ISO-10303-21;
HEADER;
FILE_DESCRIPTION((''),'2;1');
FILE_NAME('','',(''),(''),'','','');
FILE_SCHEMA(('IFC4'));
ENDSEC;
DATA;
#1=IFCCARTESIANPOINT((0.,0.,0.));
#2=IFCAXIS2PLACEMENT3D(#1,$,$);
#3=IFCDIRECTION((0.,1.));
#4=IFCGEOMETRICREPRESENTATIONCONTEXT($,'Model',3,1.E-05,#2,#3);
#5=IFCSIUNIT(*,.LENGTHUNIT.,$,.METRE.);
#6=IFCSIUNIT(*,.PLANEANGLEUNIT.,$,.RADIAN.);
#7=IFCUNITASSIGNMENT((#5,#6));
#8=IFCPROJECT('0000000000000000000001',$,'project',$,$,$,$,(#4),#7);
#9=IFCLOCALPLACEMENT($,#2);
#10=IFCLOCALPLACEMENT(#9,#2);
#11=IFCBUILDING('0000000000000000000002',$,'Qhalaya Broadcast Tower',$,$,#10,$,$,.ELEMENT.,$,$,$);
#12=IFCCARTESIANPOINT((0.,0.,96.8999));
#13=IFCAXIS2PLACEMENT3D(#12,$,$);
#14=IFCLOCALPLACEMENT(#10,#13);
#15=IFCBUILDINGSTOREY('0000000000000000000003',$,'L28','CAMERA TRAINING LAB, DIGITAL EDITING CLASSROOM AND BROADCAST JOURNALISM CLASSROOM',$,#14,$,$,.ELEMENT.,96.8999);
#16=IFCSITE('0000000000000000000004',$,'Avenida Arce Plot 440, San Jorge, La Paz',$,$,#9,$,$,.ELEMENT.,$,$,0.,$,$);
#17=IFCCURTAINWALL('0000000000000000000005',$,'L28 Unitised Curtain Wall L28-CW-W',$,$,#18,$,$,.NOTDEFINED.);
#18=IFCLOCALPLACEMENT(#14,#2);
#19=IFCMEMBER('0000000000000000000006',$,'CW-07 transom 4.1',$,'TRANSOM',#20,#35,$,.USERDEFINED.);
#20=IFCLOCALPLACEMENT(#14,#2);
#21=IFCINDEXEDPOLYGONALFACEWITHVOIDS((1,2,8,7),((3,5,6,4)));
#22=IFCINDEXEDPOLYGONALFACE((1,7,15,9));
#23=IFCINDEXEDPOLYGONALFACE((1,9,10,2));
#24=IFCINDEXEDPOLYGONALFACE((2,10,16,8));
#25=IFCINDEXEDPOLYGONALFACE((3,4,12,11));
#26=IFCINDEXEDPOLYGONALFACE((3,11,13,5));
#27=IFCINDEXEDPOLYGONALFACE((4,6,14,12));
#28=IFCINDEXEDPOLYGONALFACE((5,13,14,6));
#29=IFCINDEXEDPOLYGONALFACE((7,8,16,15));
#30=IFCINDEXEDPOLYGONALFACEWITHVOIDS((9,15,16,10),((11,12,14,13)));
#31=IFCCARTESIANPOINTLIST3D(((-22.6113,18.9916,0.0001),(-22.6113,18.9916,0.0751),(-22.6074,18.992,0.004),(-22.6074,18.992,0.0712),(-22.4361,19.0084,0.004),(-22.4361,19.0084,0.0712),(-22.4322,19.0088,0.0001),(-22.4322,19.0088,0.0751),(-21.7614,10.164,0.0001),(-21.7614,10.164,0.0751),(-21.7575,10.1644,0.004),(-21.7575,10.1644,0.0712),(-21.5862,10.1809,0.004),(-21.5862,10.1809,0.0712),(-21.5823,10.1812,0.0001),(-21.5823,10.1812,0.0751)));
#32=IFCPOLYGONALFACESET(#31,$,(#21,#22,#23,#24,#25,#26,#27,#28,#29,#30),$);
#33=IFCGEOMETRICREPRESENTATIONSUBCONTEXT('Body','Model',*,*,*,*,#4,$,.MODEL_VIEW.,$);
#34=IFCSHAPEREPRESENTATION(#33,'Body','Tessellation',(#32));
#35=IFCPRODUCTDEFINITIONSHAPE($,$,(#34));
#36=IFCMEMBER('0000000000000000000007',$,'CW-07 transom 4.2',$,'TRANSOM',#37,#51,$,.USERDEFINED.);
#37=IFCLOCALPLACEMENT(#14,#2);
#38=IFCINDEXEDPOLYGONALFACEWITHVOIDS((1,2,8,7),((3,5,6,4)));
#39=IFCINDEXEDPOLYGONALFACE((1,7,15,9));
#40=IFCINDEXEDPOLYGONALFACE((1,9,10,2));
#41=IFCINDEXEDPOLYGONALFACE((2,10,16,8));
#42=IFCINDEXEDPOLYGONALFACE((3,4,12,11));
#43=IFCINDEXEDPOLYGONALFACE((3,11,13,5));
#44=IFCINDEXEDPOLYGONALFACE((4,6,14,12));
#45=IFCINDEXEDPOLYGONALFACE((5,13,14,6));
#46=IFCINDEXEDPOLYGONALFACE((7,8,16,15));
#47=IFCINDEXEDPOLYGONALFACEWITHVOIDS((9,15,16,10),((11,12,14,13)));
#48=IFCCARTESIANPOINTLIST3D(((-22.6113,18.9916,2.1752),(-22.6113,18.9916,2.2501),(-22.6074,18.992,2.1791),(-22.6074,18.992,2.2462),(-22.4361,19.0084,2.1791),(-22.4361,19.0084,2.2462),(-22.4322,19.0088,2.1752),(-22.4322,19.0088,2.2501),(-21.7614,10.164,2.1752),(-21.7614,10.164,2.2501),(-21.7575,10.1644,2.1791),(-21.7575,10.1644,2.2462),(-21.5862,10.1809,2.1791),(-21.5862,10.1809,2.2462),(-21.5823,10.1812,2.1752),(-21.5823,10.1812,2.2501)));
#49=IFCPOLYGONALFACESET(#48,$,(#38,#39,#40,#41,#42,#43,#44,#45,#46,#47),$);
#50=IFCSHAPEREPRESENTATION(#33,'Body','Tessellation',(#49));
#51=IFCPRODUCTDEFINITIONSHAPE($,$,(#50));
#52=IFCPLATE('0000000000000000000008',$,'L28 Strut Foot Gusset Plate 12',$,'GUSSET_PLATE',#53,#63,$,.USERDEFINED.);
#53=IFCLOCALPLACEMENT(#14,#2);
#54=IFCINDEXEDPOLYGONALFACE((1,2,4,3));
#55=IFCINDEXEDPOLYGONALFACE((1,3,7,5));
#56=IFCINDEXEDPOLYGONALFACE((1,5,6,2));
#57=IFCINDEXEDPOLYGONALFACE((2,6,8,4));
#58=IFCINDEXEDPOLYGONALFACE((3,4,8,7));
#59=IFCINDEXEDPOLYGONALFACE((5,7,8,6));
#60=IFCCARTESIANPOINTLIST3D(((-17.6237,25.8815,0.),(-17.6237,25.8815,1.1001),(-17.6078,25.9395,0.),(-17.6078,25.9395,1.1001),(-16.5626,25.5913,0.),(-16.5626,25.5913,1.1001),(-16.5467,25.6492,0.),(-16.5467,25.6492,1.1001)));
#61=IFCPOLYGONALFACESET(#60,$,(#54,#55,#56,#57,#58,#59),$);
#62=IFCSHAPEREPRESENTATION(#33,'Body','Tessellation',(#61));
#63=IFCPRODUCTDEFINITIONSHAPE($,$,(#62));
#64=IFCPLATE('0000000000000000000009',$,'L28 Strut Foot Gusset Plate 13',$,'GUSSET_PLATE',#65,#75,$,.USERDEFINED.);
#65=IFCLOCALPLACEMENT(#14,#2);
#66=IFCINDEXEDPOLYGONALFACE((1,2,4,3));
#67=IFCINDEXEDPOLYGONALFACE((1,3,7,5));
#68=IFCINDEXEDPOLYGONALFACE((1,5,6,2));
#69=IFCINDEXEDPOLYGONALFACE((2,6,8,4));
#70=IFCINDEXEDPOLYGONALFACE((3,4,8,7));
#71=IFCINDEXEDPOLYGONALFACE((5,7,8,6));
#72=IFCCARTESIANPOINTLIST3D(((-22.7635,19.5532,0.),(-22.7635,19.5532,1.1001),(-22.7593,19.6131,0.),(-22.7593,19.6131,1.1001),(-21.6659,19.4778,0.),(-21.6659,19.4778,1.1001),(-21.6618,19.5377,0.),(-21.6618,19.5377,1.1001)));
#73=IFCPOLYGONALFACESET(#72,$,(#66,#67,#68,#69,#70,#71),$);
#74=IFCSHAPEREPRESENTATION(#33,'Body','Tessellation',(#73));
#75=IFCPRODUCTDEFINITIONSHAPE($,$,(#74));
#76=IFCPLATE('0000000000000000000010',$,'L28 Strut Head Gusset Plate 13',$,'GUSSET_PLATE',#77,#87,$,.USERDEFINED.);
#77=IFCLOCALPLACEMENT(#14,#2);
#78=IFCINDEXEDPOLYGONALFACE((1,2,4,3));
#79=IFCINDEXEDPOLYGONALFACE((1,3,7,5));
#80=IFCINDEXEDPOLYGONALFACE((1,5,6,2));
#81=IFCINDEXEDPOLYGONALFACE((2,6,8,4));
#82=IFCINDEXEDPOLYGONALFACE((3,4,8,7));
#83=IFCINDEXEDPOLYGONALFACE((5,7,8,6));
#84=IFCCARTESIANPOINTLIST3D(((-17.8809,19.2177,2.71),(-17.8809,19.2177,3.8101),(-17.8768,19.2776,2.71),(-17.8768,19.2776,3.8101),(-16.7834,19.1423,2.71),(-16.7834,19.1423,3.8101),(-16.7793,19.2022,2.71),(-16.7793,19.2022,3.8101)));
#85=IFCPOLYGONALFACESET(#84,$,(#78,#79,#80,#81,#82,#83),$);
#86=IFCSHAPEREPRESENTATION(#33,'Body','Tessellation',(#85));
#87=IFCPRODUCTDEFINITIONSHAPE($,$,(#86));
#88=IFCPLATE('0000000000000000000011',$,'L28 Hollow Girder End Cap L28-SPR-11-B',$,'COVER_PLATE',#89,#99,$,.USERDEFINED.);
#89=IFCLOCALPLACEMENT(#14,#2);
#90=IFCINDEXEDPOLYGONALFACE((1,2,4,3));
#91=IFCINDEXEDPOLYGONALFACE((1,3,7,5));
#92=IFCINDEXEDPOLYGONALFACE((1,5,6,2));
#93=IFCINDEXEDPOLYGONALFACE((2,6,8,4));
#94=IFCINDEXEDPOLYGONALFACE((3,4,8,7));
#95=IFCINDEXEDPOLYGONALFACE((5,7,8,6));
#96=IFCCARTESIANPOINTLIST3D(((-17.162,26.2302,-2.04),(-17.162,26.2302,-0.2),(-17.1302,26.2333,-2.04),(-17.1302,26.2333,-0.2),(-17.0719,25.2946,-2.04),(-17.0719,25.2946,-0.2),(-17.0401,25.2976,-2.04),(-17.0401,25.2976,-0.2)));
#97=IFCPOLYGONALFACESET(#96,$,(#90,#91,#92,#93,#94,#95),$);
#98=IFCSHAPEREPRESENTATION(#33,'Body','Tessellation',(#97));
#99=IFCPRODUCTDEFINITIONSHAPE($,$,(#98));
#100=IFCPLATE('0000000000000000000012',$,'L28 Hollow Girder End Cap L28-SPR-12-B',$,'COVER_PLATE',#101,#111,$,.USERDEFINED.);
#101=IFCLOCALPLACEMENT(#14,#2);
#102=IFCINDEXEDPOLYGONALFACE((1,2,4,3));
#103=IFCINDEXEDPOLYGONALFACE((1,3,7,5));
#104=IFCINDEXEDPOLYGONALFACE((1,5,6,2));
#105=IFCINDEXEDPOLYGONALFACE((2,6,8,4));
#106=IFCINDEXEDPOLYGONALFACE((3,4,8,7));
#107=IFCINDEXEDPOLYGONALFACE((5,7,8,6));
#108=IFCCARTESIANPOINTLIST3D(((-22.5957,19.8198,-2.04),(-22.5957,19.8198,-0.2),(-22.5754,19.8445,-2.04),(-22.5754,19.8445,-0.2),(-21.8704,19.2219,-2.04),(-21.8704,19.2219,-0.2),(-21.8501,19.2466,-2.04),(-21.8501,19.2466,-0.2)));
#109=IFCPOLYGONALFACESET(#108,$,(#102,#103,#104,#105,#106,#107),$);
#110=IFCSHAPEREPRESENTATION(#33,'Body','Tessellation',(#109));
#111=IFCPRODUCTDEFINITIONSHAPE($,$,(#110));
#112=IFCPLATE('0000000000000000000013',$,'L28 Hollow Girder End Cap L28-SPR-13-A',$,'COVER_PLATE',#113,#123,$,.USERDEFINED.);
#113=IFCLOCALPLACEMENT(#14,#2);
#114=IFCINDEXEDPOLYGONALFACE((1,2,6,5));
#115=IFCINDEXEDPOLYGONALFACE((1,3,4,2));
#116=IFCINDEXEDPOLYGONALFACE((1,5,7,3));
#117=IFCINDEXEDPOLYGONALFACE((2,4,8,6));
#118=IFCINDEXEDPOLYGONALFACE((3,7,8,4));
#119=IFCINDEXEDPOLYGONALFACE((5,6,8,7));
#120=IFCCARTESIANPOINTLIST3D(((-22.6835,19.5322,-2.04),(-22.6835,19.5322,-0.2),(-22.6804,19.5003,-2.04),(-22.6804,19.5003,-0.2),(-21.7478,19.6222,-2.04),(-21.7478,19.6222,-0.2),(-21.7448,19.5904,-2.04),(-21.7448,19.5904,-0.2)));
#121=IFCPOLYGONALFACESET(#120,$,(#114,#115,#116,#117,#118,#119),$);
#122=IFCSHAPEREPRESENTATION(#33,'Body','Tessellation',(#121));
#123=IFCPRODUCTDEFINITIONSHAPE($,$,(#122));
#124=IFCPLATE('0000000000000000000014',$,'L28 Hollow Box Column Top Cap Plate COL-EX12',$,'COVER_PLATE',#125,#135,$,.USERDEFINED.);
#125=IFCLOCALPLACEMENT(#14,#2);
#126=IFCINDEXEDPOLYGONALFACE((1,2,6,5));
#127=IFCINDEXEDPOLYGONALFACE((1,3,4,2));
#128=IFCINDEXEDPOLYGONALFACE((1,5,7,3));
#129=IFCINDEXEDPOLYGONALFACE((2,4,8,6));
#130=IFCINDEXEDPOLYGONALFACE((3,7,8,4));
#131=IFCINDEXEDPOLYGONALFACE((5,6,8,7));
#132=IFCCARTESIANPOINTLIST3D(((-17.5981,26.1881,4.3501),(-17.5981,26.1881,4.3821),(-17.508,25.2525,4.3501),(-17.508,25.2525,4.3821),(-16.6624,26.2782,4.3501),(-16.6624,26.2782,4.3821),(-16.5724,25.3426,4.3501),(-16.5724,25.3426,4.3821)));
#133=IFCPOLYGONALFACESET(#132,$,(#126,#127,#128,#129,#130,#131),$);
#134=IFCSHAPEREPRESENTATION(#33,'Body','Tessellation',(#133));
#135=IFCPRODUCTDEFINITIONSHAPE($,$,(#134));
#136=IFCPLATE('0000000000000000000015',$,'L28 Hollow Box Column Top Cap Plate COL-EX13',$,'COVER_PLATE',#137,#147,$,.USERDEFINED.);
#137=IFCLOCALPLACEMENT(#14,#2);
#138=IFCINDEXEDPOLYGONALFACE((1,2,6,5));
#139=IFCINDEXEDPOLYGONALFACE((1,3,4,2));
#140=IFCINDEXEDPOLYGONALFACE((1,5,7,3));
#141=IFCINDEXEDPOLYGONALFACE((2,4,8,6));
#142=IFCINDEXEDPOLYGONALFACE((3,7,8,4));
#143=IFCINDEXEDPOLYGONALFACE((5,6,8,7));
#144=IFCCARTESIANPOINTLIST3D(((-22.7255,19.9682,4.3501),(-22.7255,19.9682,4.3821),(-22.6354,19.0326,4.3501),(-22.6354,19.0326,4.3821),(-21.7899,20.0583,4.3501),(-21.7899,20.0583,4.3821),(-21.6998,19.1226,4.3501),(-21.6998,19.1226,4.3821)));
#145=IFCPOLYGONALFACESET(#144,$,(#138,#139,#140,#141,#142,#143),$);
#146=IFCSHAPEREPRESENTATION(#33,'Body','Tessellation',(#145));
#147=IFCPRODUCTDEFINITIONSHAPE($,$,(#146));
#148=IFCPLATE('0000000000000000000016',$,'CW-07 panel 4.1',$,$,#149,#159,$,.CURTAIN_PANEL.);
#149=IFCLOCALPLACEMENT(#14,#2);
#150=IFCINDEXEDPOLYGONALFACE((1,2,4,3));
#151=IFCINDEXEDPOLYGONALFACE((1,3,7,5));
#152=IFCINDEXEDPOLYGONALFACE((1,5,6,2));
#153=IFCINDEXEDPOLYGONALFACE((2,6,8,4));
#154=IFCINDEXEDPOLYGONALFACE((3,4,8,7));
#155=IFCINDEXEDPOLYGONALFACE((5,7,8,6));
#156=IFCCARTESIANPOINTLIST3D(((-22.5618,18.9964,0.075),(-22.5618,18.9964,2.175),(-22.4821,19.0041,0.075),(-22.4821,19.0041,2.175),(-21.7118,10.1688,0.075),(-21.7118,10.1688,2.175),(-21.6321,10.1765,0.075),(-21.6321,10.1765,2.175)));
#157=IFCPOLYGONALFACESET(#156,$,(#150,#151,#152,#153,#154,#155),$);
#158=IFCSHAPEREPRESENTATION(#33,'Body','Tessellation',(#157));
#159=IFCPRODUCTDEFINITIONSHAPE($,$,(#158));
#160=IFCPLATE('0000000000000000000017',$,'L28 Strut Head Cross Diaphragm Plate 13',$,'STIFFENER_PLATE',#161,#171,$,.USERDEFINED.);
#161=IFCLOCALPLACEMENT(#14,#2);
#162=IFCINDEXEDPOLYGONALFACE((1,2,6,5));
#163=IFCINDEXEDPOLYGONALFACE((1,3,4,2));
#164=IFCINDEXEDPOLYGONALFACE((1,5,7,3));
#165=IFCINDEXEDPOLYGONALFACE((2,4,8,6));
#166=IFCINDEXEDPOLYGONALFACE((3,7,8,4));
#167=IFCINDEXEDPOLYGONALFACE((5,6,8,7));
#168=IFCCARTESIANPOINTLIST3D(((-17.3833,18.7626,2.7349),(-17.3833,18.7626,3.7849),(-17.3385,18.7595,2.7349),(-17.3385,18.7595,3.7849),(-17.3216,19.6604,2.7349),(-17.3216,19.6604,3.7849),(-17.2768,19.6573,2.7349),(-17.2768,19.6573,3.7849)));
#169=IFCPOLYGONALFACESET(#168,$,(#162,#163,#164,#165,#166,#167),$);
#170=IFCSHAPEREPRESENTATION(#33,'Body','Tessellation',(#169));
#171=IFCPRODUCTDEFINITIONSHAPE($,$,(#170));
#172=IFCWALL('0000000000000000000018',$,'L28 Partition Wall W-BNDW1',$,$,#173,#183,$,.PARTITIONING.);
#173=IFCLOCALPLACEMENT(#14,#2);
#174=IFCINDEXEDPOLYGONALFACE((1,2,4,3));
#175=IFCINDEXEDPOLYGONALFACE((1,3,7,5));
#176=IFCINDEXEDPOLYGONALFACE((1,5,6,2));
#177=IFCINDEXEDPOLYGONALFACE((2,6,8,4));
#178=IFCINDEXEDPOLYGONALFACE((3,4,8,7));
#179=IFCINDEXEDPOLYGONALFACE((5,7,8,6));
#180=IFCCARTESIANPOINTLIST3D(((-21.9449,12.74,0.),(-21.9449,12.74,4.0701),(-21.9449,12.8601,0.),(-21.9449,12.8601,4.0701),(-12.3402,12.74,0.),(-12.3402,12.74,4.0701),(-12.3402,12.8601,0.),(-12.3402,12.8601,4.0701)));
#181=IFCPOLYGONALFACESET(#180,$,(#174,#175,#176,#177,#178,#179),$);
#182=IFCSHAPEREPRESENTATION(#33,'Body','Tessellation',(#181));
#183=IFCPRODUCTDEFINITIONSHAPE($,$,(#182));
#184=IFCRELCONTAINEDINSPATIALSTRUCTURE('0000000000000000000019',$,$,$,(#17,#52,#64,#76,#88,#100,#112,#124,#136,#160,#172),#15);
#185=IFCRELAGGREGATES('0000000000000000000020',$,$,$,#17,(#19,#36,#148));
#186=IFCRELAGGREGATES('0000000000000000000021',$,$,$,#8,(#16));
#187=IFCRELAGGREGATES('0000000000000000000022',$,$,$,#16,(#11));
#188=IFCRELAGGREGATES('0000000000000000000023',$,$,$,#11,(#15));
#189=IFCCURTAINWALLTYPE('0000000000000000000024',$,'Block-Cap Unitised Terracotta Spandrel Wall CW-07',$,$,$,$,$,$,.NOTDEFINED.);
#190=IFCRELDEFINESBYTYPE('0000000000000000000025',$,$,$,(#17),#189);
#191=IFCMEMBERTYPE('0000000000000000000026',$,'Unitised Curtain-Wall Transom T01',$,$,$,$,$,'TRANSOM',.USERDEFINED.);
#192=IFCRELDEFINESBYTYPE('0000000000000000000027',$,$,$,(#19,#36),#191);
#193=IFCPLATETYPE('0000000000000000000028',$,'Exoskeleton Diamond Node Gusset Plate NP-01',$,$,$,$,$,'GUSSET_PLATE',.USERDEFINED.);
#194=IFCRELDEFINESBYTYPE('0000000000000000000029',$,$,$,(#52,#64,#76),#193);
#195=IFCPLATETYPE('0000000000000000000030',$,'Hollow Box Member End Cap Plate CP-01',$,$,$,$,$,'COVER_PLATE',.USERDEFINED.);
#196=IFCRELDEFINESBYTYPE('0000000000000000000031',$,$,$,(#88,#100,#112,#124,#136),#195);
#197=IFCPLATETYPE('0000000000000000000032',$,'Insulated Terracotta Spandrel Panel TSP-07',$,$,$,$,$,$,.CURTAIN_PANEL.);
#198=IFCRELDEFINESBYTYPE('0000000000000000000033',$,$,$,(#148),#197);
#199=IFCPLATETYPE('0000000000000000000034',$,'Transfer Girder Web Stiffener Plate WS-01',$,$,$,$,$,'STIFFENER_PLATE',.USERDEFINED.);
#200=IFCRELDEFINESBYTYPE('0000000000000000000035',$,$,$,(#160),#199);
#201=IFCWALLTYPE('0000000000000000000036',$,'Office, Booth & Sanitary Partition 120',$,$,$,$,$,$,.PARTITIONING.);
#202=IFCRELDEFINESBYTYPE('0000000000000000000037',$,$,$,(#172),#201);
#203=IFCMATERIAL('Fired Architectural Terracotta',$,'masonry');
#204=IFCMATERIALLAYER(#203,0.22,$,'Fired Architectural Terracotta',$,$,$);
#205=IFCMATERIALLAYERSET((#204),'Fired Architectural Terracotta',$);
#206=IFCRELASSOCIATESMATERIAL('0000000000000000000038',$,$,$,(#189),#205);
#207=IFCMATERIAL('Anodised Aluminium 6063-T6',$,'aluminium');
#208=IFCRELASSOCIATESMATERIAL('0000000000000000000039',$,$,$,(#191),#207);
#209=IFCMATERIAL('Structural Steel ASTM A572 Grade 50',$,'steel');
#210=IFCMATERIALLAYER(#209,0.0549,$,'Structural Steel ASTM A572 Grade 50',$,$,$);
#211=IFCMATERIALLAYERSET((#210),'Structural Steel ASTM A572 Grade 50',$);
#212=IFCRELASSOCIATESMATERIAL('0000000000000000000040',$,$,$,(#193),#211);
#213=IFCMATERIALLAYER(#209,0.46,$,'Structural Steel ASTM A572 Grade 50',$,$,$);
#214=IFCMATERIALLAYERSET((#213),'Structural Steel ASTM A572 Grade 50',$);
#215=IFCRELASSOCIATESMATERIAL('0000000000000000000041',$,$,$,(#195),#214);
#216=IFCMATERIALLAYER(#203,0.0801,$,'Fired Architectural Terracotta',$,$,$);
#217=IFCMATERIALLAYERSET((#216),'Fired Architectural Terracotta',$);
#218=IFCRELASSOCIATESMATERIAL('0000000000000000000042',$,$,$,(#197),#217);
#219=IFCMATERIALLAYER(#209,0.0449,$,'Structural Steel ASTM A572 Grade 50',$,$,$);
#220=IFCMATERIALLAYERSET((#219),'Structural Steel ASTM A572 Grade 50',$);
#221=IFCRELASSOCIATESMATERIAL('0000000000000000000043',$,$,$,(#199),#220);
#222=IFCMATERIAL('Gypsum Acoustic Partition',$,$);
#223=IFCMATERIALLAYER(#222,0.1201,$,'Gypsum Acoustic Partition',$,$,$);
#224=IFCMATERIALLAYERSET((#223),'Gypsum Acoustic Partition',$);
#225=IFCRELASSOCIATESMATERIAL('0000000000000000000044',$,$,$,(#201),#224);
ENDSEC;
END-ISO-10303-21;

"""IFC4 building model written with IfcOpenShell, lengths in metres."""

from ifc_helpers import new_model, si_unit, direction, frame, frame_2d, origin, origin_2d, place, context, subcontext, project, spatial, rectangle, hollow_rectangle, extrude, material, layer, layer_set, material_profile, profile_set, type_object, element, aggregate, save


model = new_model("IFC4")

# Units and contexts
model_context = context("Model", 3, precision=1e-05, world=origin(), true_north=direction((0.0, 1.0)))
body_context = subcontext(model_context, "Body", "Model", "MODEL_VIEW")
ifc_project = project(units=[si_unit("LENGTHUNIT", "METRE"), si_unit("PLANEANGLEUNIT", "RADIAN")], contexts=[model_context])

# Site, building, storey
site_placement = place(None, origin())
site = spatial("IfcSite", under=ifc_project, at=site_placement, Name="Avenida Arce Plot 440, San Jorge, La Paz", CompositionType="ELEMENT", RefElevation=0.0)
building_placement = place(site_placement, origin())
building = spatial("IfcBuilding", under=site, at=building_placement, Name="Qhalaya Broadcast Tower", CompositionType="ELEMENT")
storey_placement = place(building_placement, frame((0.0, 0.0, 96.8999)))
storey = spatial("IfcBuildingStorey", under=building, at=storey_placement, Name="L28", Description="CAMERA TRAINING LAB, DIGITAL EDITING CLASSROOM AND BROADCAST JOURNALISM CLASSROOM", CompositionType="ELEMENT", Elevation=96.8999)

# Shared definitions
ifc_material_1 = material(Name="Structural Steel ASTM A572 Grade 50", Category="steel")

# Curtain wall, members
ifc_material_2 = material(Name="Fired Architectural Terracotta", Category="masonry")
ifc_layer_1 = layer(ifc_material_2, 0.22, Name="Fired Architectural Terracotta")
ifc_layer_set_1 = layer_set([ifc_layer_1], Name="Fired Architectural Terracotta")
curtain_wall_type = type_object("IfcCurtainWallType", Name="Block-Cap Unitised Terracotta Spandrel Wall CW-07", PredefinedType="NOTDEFINED", material=ifc_layer_set_1)
curtain_wall_placement = place(storey_placement, origin())
curtain_wall = element("IfcCurtainWall", 1, at=curtain_wall_placement, inside=storey, type_object=curtain_wall_type, Name="L28 Unitised Curtain Wall L28-CW-W", PredefinedType="NOTDEFINED")
ifc_material_3 = material(Name="Anodised Aluminium 6063-T6", Category="aluminium")
ifc_material_profile_1 = material_profile(ifc_material_3, hollow_rectangle(XDim=0.075, YDim=0.1799, WallThickness=0.0039, at=origin_2d()), Name="ALU-TRN 75x180x4")
ifc_profile_set_1 = profile_set([ifc_material_profile_1], Name="Anodised Aluminium 6063-T6")
member_type_1 = type_object("IfcMemberType", Name="Unitised Curtain-Wall Transom T01", ElementType="TRANSOM", PredefinedType="USERDEFINED", material=ifc_profile_set_1)
member_1_placement = place(storey_placement, frame((-21.6719, 10.1726, 0.0376), z_axis=(-0.095829, 0.995398, 0.0), x_axis=(0.0, 0.0, 1.0)))
member_1 = element("IfcMember", 2, at=member_1_placement, type_object=member_type_1, Name="CW-07 transom 4.1", ObjectType="TRANSOM", PredefinedType="USERDEFINED", context=body_context, shape_type="SweptSolid", body=[
    extrude(hollow_rectangle(XDim=0.075, YDim=0.1799, WallThickness=0.0039, at=origin_2d()), origin(), (0.0, 0.0, 1.0), 8.8684),
])
member_2_placement = place(storey_placement, frame((-21.6719, 10.1726, 2.2126), z_axis=(-0.095829, 0.995398, 0.0), x_axis=(0.0, 0.0, 1.0)))
member_2 = element("IfcMember", 3, at=member_2_placement, type_object=member_type_1, Name="CW-07 transom 4.2", ObjectType="TRANSOM", PredefinedType="USERDEFINED", context=body_context, shape_type="SweptSolid", body=[
    extrude(hollow_rectangle(XDim=0.075, YDim=0.1799, WallThickness=0.0039, at=origin_2d()), origin(), (0.0, 0.0, 1.0), 8.8684),
])

# Plates
ifc_layer_2 = layer(ifc_material_1, 0.0549, Name="Structural Steel ASTM A572 Grade 50")
ifc_layer_set_2 = layer_set([ifc_layer_2], Name="Structural Steel ASTM A572 Grade 50")
plate_type_1 = type_object("IfcPlateType", Name="Exoskeleton Diamond Node Gusset Plate NP-01", ElementType="GUSSET_PLATE", PredefinedType="USERDEFINED", material=ifc_layer_set_2)
for number, where, z_axis, x_axis, name in (
    (4, (-17.0852, 25.7654, 0.0), (0.0, 0.0, 1.0), (0.964562, -0.263856, 0.0), "L28 Strut Foot Gusset Plate 12"),
    (5, (-22.2126, 19.5454, 0.0), (0.0, 0.0, 1.0), (0.997649, -0.068538, 0.0), "L28 Strut Foot Gusset Plate 13"),
    (6, (-17.3301, 19.21, 2.71), (0.0, 0.0, 1.0), (0.997649, -0.068538, 0.0), "L28 Strut Head Gusset Plate 13"),
):
    element("IfcPlate", number, at=place(storey_placement, frame(where, z_axis=z_axis, x_axis=x_axis)), inside=storey, type_object=plate_type_1, Name=name, ObjectType="GUSSET_PLATE", PredefinedType="USERDEFINED", context=body_context, shape_type="SweptSolid", body=[
        extrude(rectangle(XDim=1.1001, YDim=0.0601, at=origin_2d()), origin(), (0.0, 0.0, 1.0), 1.1001),
    ])
ifc_layer_3 = layer(ifc_material_1, 0.46, Name="Structural Steel ASTM A572 Grade 50")
ifc_layer_set_3 = layer_set([ifc_layer_3], Name="Structural Steel ASTM A572 Grade 50")
plate_type_2 = type_object("IfcPlateType", Name="Hollow Box Member End Cap Plate CP-01", ElementType="COVER_PLATE", PredefinedType="USERDEFINED", material=ifc_layer_set_3)
for number, where, z_axis, x_axis, name in (
    (7, (-17.1011, 25.7639, -2.04), (0.0, 0.0, 1.0), (0.095846, -0.995396, 0.0), "L28 Hollow Girder End Cap L28-SPR-11-B"),
    (8, (-22.2229, 19.5332, -2.04), (0.0, 0.0, 1.0), (0.771625, -0.636078, 0.0), "L28 Hollow Girder End Cap L28-SPR-12-B"),
    (9, (-22.2141, 19.5613, -2.04), (0.0, 0.0, 1.0), (0.995396, 0.095846, 0.0), "L28 Hollow Girder End Cap L28-SPR-13-A"),
):
    element("IfcPlate", number, at=place(storey_placement, frame(where, z_axis=z_axis, x_axis=x_axis)), inside=storey, type_object=plate_type_2, Name=name, ObjectType="COVER_PLATE", PredefinedType="USERDEFINED", context=body_context, shape_type="SweptSolid", body=[
        extrude(rectangle(XDim=0.9399, YDim=0.032, at=origin_2d()), origin(), (0.0, 0.0, 1.0), 1.8401),
    ])
for number, where, z_axis, x_axis, name in (
    (10, (-17.0852, 25.7654, 4.3501), (0.0, 0.0, 1.0), (0.995396, 0.095846, 0.0), "L28 Hollow Box Column Top Cap Plate COL-EX12"),
    (11, (-22.2126, 19.5454, 4.3501), (0.0, 0.0, 1.0), (-0.095846, 0.995396, 0.0), "L28 Hollow Box Column Top Cap Plate COL-EX13"),
):
    element("IfcPlate", number, at=place(storey_placement, frame(where, z_axis=z_axis, x_axis=x_axis)), inside=storey, type_object=plate_type_2, Name=name, ObjectType="COVER_PLATE", PredefinedType="USERDEFINED", context=body_context, shape_type="SweptSolid", body=[
        extrude(rectangle(XDim=0.9399, YDim=0.9399, at=origin_2d()), origin(), (0.0, 0.0, 1.0), 0.032),
    ])

# Plates
ifc_layer_4 = layer(ifc_material_2, 0.0801, Name="Fired Architectural Terracotta")
ifc_layer_set_4 = layer_set([ifc_layer_4], Name="Fired Architectural Terracotta")
plate_type_3 = type_object("IfcPlateType", Name="Insulated Terracotta Spandrel Panel TSP-07", PredefinedType="CURTAIN_PANEL", material=ifc_layer_set_4)
plate_1_placement = place(storey_placement, frame((-22.0969, 14.5864, 0.075), z_axis=(0.0, 0.0, 1.0), x_axis=(-0.095847, 0.995396, 0.0)))
plate_1 = element("IfcPlate", 12, at=plate_1_placement, type_object=plate_type_3, Name="CW-07 panel 4.1", PredefinedType="CURTAIN_PANEL", context=body_context, shape_type="SweptSolid", body=[
    extrude(rectangle(XDim=8.8684, YDim=0.0801, at=origin_2d()), origin(), (0.0, 0.0, 1.0), 2.1001),
])
aggregate(curtain_wall, [member_1, member_2, plate_1])
ifc_layer_5 = layer(ifc_material_1, 0.0449, Name="Structural Steel ASTM A572 Grade 50")
ifc_layer_set_5 = layer_set([ifc_layer_5], Name="Structural Steel ASTM A572 Grade 50")
plate_type_4 = type_object("IfcPlateType", Name="Transfer Girder Web Stiffener Plate WS-01", ElementType="STIFFENER_PLATE", PredefinedType="USERDEFINED", material=ifc_layer_set_5)
plate_2_placement = place(storey_placement, frame((-17.3301, 19.21, 2.7349), z_axis=(0.0, 0.0, 1.0), x_axis=(0.068538, 0.997649, 0.0)))
element("IfcPlate", 13, at=plate_2_placement, inside=storey, type_object=plate_type_4, Name="L28 Strut Head Cross Diaphragm Plate 13", ObjectType="STIFFENER_PLATE", PredefinedType="USERDEFINED", context=body_context, shape_type="SweptSolid", body=[
    extrude(rectangle(XDim=0.8999, YDim=0.0449, at=origin_2d()), origin(), (0.0, 0.0, 1.0), 1.05),
])

# Wall
ifc_material_4 = material(Name="Gypsum Acoustic Partition")
ifc_layer_6 = layer(ifc_material_4, 0.1201, Name="Gypsum Acoustic Partition")
ifc_layer_set_6 = layer_set([ifc_layer_6], Name="Gypsum Acoustic Partition")
wall_type = type_object("IfcWallType", Name="Office, Booth & Sanitary Partition 120", PredefinedType="PARTITIONING", material=ifc_layer_set_6)
wall_placement = place(storey_placement, frame((-21.9448, 12.8, 0.0), z_axis=(0.0, 0.0, 1.0), x_axis=(1.0, 0.0, 0.0)))
element("IfcWall", 14, at=wall_placement, inside=storey, type_object=wall_type, Name="L28 Partition Wall W-BNDW1", PredefinedType="PARTITIONING", context=body_context, shape_type="SweptSolid", body=[
    extrude(rectangle(XDim=9.6047, YDim=0.1201, at=frame_2d((4.8022, 0.0))), origin(), (0.0, 0.0, 1.0), 4.0701),
])

save(model, "model.ifc")
